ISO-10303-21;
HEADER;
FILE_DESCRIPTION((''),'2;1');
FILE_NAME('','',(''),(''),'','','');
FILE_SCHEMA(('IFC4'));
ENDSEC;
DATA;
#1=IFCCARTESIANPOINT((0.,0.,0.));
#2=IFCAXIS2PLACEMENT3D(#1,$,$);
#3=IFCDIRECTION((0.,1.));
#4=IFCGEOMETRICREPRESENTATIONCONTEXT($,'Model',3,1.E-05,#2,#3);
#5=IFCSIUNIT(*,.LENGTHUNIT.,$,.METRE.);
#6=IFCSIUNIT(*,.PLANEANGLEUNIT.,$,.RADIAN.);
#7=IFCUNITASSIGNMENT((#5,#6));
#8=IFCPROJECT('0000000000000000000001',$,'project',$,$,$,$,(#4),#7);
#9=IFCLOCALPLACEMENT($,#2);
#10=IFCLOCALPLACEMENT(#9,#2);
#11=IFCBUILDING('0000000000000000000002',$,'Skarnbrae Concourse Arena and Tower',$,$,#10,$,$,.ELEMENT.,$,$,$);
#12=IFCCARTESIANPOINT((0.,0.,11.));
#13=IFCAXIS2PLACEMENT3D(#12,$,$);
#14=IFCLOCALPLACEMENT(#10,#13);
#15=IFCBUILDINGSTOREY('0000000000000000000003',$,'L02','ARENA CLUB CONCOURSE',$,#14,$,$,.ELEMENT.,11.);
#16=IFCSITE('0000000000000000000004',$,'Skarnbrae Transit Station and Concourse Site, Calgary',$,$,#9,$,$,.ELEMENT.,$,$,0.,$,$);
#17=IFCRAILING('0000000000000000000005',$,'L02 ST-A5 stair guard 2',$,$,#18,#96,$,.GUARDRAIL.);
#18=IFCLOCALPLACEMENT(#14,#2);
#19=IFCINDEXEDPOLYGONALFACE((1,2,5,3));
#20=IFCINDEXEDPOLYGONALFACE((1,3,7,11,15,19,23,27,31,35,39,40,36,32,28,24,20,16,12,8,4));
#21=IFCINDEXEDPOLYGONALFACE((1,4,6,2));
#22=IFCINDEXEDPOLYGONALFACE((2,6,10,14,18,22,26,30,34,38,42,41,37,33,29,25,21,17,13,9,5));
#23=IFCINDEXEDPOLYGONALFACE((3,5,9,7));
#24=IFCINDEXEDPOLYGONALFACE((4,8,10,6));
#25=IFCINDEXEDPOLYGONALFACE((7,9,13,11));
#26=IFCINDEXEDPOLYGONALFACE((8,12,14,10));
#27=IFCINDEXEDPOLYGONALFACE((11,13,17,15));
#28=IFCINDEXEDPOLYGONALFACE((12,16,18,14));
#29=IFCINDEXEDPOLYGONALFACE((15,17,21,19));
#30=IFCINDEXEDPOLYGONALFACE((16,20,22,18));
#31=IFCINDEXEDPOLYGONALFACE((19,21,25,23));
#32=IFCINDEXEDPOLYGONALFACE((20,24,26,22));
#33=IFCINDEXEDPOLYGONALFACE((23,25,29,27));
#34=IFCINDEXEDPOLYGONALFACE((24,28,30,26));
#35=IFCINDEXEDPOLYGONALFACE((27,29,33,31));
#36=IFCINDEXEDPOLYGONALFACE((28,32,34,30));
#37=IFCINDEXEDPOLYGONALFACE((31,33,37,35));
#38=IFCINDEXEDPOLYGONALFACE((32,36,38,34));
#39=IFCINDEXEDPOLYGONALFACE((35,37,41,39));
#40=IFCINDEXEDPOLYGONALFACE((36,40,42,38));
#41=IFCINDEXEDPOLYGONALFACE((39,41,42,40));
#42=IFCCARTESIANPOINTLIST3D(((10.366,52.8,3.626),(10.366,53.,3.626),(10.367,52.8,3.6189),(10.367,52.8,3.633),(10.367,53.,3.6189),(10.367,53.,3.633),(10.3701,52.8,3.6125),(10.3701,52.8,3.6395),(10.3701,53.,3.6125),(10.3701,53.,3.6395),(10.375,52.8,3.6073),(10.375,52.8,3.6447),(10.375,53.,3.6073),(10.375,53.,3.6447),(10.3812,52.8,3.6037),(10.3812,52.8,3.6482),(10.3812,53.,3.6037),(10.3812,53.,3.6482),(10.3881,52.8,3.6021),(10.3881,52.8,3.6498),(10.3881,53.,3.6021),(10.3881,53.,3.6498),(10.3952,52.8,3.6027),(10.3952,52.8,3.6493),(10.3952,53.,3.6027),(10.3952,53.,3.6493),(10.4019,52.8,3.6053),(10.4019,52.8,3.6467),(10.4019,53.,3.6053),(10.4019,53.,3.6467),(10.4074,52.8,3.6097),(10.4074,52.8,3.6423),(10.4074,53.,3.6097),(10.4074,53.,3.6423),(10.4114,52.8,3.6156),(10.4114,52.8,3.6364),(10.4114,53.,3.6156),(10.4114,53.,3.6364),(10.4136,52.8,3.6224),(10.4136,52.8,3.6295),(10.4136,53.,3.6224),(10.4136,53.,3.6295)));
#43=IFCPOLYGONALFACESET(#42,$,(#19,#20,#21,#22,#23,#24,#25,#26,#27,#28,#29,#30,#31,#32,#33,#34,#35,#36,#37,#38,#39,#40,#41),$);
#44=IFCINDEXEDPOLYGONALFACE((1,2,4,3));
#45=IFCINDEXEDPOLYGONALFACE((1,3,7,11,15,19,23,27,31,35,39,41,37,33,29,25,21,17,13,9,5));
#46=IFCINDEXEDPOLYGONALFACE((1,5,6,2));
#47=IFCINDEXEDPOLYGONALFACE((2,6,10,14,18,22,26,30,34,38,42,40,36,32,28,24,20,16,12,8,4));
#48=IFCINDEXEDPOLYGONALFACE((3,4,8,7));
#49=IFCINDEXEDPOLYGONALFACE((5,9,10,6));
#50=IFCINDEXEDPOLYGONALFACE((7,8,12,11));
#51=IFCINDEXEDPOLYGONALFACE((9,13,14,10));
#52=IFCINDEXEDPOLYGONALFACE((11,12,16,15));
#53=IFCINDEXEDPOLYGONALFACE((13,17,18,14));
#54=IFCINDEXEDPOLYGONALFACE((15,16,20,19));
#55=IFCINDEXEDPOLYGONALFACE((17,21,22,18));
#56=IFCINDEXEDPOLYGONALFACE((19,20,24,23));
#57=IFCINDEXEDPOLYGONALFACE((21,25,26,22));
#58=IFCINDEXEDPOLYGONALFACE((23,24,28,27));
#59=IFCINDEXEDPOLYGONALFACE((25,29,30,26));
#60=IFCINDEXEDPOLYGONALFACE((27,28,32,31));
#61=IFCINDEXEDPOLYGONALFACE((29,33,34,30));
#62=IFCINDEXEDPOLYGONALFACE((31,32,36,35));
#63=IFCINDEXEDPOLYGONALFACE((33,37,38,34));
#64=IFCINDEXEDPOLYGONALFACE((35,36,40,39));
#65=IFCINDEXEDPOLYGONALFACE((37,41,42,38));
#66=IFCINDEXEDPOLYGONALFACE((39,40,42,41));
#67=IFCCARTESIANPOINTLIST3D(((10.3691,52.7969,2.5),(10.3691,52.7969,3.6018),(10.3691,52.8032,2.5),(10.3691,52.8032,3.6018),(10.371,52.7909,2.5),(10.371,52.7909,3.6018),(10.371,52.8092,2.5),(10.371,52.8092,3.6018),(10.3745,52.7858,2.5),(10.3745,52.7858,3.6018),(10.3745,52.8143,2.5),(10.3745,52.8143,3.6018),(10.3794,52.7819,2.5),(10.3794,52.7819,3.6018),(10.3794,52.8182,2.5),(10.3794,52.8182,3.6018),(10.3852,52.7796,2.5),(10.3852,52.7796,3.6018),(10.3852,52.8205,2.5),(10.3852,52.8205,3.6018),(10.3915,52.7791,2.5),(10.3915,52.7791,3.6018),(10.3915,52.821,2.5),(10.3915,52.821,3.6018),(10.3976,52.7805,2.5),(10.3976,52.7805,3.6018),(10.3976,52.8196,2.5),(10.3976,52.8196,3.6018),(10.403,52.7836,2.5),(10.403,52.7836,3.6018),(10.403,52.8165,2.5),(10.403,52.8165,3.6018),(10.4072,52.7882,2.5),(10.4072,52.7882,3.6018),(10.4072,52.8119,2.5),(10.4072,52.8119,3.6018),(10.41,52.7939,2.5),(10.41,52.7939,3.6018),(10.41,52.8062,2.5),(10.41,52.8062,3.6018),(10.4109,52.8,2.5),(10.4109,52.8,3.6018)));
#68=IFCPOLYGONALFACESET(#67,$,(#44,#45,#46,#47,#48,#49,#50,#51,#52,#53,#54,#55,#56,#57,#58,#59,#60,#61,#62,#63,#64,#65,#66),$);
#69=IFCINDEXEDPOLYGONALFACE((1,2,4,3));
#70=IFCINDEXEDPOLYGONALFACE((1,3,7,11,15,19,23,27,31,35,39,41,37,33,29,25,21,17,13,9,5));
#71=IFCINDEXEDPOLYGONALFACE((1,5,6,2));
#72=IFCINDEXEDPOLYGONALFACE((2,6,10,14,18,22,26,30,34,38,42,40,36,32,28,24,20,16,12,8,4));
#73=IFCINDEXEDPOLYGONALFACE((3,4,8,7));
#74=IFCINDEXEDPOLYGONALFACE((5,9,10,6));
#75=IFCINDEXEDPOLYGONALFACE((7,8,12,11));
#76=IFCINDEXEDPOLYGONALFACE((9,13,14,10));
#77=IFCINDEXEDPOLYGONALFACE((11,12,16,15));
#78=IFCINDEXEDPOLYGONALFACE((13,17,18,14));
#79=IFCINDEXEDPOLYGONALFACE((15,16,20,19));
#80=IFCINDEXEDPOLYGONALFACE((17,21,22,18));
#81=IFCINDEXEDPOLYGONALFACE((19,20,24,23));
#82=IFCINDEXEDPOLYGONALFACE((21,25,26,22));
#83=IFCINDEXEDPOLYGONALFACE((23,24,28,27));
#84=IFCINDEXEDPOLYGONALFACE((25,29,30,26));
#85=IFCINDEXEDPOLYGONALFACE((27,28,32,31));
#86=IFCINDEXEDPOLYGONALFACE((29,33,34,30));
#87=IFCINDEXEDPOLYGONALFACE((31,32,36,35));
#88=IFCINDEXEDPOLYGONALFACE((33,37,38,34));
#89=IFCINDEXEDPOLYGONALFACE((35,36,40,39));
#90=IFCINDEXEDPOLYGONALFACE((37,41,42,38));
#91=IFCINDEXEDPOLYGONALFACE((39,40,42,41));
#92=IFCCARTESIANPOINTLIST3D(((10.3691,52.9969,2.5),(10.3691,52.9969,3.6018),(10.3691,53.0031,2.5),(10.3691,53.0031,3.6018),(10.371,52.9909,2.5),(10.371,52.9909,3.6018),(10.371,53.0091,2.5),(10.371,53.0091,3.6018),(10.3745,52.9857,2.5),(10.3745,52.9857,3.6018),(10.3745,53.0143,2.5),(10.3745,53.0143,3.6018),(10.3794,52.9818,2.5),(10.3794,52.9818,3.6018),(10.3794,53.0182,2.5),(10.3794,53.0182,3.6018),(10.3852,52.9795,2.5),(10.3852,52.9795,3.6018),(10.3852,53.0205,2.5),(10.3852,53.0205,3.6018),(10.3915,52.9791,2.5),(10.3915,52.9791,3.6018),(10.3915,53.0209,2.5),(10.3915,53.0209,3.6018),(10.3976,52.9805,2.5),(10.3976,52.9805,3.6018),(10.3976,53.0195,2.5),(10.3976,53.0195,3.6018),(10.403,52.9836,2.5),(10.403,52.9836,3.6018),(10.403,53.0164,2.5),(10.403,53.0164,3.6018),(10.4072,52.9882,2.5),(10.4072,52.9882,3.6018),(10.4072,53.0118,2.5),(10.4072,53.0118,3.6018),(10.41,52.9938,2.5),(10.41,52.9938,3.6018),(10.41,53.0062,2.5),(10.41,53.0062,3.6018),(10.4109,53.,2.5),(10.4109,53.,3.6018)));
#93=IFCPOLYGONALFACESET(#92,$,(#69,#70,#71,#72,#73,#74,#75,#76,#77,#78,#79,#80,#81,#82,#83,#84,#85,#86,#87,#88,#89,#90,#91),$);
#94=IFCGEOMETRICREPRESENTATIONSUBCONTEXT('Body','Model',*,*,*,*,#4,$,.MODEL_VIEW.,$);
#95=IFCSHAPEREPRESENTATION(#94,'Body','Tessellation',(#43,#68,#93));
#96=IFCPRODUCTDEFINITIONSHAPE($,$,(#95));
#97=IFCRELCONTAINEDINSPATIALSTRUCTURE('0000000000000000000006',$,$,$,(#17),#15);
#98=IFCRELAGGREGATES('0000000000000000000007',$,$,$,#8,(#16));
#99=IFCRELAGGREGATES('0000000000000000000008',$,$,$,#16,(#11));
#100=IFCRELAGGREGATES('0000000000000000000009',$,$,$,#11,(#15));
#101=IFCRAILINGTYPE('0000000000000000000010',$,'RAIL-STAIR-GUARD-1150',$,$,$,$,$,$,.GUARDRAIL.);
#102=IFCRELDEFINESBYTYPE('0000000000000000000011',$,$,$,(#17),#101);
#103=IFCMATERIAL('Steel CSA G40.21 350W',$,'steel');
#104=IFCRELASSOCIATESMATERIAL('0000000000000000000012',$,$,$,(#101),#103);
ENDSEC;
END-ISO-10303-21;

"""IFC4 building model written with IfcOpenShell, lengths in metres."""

from ifc_helpers import new_model, si_unit, direction, frame, origin, origin_2d, place, context, subcontext, project, spatial, circle, extrude, material, type_object, element, save


model = new_model("IFC4")

# Units and contexts
model_context = context("Model", 3, precision=1e-05, world=origin(), true_north=direction((0.0, 1.0)))
body_context = subcontext(model_context, "Body", "Model", "MODEL_VIEW")
ifc_project = project(units=[si_unit("LENGTHUNIT", "METRE"), si_unit("PLANEANGLEUNIT", "RADIAN")], contexts=[model_context])

# Site, building, storey
site_placement = place(None, origin())
site = spatial("IfcSite", under=ifc_project, at=site_placement, Name="Skarnbrae Transit Station and Concourse Site, Calgary", CompositionType="ELEMENT", RefElevation=0.0)
building_placement = place(site_placement, origin())
building = spatial("IfcBuilding", under=site, at=building_placement, Name="Skarnbrae Concourse Arena and Tower", CompositionType="ELEMENT")
storey_placement = place(building_placement, frame((0.0, 0.0, 11.0)))
storey = spatial("IfcBuildingStorey", under=building, at=storey_placement, Name="L02", Description="ARENA CLUB CONCOURSE", CompositionType="ELEMENT", Elevation=11.0)

# Shared definitions
ifc_material_1 = material(Name="Steel CSA G40.21 350W", Category="steel")

# Railing
railing_type_1 = type_object("IfcRailingType", Name="RAIL-STAIR-GUARD-1150", PredefinedType="GUARDRAIL", material=ifc_material_1)
railing_1_placement = place(storey_placement, frame((10.3899, 52.8, 2.5)))
element("IfcRailing", 1, at=railing_1_placement, inside=storey, type_object=railing_type_1, Name="L02 ST-A5 stair guard 2", PredefinedType="GUARDRAIL", context=body_context, shape_type="SweptSolid", body=[
    extrude(circle(Radius=0.0239, at=origin_2d()), frame((0.0, 0.0, 1.126), z_axis=(0.0, 1.0, 0.0), x_axis=(-1.0, 0.0, 0.0)), (0.0, 0.0, 1.0), 0.2),
    extrude(circle(Radius=0.021, at=origin_2d()), origin(), (0.0, 0.0, 1.0), 1.1018),
    extrude(circle(Radius=0.021, at=origin_2d()), frame((0.0, 0.2, 0.0)), (0.0, 0.0, 1.0), 1.1018),
])

save(model, "model.ifc")
